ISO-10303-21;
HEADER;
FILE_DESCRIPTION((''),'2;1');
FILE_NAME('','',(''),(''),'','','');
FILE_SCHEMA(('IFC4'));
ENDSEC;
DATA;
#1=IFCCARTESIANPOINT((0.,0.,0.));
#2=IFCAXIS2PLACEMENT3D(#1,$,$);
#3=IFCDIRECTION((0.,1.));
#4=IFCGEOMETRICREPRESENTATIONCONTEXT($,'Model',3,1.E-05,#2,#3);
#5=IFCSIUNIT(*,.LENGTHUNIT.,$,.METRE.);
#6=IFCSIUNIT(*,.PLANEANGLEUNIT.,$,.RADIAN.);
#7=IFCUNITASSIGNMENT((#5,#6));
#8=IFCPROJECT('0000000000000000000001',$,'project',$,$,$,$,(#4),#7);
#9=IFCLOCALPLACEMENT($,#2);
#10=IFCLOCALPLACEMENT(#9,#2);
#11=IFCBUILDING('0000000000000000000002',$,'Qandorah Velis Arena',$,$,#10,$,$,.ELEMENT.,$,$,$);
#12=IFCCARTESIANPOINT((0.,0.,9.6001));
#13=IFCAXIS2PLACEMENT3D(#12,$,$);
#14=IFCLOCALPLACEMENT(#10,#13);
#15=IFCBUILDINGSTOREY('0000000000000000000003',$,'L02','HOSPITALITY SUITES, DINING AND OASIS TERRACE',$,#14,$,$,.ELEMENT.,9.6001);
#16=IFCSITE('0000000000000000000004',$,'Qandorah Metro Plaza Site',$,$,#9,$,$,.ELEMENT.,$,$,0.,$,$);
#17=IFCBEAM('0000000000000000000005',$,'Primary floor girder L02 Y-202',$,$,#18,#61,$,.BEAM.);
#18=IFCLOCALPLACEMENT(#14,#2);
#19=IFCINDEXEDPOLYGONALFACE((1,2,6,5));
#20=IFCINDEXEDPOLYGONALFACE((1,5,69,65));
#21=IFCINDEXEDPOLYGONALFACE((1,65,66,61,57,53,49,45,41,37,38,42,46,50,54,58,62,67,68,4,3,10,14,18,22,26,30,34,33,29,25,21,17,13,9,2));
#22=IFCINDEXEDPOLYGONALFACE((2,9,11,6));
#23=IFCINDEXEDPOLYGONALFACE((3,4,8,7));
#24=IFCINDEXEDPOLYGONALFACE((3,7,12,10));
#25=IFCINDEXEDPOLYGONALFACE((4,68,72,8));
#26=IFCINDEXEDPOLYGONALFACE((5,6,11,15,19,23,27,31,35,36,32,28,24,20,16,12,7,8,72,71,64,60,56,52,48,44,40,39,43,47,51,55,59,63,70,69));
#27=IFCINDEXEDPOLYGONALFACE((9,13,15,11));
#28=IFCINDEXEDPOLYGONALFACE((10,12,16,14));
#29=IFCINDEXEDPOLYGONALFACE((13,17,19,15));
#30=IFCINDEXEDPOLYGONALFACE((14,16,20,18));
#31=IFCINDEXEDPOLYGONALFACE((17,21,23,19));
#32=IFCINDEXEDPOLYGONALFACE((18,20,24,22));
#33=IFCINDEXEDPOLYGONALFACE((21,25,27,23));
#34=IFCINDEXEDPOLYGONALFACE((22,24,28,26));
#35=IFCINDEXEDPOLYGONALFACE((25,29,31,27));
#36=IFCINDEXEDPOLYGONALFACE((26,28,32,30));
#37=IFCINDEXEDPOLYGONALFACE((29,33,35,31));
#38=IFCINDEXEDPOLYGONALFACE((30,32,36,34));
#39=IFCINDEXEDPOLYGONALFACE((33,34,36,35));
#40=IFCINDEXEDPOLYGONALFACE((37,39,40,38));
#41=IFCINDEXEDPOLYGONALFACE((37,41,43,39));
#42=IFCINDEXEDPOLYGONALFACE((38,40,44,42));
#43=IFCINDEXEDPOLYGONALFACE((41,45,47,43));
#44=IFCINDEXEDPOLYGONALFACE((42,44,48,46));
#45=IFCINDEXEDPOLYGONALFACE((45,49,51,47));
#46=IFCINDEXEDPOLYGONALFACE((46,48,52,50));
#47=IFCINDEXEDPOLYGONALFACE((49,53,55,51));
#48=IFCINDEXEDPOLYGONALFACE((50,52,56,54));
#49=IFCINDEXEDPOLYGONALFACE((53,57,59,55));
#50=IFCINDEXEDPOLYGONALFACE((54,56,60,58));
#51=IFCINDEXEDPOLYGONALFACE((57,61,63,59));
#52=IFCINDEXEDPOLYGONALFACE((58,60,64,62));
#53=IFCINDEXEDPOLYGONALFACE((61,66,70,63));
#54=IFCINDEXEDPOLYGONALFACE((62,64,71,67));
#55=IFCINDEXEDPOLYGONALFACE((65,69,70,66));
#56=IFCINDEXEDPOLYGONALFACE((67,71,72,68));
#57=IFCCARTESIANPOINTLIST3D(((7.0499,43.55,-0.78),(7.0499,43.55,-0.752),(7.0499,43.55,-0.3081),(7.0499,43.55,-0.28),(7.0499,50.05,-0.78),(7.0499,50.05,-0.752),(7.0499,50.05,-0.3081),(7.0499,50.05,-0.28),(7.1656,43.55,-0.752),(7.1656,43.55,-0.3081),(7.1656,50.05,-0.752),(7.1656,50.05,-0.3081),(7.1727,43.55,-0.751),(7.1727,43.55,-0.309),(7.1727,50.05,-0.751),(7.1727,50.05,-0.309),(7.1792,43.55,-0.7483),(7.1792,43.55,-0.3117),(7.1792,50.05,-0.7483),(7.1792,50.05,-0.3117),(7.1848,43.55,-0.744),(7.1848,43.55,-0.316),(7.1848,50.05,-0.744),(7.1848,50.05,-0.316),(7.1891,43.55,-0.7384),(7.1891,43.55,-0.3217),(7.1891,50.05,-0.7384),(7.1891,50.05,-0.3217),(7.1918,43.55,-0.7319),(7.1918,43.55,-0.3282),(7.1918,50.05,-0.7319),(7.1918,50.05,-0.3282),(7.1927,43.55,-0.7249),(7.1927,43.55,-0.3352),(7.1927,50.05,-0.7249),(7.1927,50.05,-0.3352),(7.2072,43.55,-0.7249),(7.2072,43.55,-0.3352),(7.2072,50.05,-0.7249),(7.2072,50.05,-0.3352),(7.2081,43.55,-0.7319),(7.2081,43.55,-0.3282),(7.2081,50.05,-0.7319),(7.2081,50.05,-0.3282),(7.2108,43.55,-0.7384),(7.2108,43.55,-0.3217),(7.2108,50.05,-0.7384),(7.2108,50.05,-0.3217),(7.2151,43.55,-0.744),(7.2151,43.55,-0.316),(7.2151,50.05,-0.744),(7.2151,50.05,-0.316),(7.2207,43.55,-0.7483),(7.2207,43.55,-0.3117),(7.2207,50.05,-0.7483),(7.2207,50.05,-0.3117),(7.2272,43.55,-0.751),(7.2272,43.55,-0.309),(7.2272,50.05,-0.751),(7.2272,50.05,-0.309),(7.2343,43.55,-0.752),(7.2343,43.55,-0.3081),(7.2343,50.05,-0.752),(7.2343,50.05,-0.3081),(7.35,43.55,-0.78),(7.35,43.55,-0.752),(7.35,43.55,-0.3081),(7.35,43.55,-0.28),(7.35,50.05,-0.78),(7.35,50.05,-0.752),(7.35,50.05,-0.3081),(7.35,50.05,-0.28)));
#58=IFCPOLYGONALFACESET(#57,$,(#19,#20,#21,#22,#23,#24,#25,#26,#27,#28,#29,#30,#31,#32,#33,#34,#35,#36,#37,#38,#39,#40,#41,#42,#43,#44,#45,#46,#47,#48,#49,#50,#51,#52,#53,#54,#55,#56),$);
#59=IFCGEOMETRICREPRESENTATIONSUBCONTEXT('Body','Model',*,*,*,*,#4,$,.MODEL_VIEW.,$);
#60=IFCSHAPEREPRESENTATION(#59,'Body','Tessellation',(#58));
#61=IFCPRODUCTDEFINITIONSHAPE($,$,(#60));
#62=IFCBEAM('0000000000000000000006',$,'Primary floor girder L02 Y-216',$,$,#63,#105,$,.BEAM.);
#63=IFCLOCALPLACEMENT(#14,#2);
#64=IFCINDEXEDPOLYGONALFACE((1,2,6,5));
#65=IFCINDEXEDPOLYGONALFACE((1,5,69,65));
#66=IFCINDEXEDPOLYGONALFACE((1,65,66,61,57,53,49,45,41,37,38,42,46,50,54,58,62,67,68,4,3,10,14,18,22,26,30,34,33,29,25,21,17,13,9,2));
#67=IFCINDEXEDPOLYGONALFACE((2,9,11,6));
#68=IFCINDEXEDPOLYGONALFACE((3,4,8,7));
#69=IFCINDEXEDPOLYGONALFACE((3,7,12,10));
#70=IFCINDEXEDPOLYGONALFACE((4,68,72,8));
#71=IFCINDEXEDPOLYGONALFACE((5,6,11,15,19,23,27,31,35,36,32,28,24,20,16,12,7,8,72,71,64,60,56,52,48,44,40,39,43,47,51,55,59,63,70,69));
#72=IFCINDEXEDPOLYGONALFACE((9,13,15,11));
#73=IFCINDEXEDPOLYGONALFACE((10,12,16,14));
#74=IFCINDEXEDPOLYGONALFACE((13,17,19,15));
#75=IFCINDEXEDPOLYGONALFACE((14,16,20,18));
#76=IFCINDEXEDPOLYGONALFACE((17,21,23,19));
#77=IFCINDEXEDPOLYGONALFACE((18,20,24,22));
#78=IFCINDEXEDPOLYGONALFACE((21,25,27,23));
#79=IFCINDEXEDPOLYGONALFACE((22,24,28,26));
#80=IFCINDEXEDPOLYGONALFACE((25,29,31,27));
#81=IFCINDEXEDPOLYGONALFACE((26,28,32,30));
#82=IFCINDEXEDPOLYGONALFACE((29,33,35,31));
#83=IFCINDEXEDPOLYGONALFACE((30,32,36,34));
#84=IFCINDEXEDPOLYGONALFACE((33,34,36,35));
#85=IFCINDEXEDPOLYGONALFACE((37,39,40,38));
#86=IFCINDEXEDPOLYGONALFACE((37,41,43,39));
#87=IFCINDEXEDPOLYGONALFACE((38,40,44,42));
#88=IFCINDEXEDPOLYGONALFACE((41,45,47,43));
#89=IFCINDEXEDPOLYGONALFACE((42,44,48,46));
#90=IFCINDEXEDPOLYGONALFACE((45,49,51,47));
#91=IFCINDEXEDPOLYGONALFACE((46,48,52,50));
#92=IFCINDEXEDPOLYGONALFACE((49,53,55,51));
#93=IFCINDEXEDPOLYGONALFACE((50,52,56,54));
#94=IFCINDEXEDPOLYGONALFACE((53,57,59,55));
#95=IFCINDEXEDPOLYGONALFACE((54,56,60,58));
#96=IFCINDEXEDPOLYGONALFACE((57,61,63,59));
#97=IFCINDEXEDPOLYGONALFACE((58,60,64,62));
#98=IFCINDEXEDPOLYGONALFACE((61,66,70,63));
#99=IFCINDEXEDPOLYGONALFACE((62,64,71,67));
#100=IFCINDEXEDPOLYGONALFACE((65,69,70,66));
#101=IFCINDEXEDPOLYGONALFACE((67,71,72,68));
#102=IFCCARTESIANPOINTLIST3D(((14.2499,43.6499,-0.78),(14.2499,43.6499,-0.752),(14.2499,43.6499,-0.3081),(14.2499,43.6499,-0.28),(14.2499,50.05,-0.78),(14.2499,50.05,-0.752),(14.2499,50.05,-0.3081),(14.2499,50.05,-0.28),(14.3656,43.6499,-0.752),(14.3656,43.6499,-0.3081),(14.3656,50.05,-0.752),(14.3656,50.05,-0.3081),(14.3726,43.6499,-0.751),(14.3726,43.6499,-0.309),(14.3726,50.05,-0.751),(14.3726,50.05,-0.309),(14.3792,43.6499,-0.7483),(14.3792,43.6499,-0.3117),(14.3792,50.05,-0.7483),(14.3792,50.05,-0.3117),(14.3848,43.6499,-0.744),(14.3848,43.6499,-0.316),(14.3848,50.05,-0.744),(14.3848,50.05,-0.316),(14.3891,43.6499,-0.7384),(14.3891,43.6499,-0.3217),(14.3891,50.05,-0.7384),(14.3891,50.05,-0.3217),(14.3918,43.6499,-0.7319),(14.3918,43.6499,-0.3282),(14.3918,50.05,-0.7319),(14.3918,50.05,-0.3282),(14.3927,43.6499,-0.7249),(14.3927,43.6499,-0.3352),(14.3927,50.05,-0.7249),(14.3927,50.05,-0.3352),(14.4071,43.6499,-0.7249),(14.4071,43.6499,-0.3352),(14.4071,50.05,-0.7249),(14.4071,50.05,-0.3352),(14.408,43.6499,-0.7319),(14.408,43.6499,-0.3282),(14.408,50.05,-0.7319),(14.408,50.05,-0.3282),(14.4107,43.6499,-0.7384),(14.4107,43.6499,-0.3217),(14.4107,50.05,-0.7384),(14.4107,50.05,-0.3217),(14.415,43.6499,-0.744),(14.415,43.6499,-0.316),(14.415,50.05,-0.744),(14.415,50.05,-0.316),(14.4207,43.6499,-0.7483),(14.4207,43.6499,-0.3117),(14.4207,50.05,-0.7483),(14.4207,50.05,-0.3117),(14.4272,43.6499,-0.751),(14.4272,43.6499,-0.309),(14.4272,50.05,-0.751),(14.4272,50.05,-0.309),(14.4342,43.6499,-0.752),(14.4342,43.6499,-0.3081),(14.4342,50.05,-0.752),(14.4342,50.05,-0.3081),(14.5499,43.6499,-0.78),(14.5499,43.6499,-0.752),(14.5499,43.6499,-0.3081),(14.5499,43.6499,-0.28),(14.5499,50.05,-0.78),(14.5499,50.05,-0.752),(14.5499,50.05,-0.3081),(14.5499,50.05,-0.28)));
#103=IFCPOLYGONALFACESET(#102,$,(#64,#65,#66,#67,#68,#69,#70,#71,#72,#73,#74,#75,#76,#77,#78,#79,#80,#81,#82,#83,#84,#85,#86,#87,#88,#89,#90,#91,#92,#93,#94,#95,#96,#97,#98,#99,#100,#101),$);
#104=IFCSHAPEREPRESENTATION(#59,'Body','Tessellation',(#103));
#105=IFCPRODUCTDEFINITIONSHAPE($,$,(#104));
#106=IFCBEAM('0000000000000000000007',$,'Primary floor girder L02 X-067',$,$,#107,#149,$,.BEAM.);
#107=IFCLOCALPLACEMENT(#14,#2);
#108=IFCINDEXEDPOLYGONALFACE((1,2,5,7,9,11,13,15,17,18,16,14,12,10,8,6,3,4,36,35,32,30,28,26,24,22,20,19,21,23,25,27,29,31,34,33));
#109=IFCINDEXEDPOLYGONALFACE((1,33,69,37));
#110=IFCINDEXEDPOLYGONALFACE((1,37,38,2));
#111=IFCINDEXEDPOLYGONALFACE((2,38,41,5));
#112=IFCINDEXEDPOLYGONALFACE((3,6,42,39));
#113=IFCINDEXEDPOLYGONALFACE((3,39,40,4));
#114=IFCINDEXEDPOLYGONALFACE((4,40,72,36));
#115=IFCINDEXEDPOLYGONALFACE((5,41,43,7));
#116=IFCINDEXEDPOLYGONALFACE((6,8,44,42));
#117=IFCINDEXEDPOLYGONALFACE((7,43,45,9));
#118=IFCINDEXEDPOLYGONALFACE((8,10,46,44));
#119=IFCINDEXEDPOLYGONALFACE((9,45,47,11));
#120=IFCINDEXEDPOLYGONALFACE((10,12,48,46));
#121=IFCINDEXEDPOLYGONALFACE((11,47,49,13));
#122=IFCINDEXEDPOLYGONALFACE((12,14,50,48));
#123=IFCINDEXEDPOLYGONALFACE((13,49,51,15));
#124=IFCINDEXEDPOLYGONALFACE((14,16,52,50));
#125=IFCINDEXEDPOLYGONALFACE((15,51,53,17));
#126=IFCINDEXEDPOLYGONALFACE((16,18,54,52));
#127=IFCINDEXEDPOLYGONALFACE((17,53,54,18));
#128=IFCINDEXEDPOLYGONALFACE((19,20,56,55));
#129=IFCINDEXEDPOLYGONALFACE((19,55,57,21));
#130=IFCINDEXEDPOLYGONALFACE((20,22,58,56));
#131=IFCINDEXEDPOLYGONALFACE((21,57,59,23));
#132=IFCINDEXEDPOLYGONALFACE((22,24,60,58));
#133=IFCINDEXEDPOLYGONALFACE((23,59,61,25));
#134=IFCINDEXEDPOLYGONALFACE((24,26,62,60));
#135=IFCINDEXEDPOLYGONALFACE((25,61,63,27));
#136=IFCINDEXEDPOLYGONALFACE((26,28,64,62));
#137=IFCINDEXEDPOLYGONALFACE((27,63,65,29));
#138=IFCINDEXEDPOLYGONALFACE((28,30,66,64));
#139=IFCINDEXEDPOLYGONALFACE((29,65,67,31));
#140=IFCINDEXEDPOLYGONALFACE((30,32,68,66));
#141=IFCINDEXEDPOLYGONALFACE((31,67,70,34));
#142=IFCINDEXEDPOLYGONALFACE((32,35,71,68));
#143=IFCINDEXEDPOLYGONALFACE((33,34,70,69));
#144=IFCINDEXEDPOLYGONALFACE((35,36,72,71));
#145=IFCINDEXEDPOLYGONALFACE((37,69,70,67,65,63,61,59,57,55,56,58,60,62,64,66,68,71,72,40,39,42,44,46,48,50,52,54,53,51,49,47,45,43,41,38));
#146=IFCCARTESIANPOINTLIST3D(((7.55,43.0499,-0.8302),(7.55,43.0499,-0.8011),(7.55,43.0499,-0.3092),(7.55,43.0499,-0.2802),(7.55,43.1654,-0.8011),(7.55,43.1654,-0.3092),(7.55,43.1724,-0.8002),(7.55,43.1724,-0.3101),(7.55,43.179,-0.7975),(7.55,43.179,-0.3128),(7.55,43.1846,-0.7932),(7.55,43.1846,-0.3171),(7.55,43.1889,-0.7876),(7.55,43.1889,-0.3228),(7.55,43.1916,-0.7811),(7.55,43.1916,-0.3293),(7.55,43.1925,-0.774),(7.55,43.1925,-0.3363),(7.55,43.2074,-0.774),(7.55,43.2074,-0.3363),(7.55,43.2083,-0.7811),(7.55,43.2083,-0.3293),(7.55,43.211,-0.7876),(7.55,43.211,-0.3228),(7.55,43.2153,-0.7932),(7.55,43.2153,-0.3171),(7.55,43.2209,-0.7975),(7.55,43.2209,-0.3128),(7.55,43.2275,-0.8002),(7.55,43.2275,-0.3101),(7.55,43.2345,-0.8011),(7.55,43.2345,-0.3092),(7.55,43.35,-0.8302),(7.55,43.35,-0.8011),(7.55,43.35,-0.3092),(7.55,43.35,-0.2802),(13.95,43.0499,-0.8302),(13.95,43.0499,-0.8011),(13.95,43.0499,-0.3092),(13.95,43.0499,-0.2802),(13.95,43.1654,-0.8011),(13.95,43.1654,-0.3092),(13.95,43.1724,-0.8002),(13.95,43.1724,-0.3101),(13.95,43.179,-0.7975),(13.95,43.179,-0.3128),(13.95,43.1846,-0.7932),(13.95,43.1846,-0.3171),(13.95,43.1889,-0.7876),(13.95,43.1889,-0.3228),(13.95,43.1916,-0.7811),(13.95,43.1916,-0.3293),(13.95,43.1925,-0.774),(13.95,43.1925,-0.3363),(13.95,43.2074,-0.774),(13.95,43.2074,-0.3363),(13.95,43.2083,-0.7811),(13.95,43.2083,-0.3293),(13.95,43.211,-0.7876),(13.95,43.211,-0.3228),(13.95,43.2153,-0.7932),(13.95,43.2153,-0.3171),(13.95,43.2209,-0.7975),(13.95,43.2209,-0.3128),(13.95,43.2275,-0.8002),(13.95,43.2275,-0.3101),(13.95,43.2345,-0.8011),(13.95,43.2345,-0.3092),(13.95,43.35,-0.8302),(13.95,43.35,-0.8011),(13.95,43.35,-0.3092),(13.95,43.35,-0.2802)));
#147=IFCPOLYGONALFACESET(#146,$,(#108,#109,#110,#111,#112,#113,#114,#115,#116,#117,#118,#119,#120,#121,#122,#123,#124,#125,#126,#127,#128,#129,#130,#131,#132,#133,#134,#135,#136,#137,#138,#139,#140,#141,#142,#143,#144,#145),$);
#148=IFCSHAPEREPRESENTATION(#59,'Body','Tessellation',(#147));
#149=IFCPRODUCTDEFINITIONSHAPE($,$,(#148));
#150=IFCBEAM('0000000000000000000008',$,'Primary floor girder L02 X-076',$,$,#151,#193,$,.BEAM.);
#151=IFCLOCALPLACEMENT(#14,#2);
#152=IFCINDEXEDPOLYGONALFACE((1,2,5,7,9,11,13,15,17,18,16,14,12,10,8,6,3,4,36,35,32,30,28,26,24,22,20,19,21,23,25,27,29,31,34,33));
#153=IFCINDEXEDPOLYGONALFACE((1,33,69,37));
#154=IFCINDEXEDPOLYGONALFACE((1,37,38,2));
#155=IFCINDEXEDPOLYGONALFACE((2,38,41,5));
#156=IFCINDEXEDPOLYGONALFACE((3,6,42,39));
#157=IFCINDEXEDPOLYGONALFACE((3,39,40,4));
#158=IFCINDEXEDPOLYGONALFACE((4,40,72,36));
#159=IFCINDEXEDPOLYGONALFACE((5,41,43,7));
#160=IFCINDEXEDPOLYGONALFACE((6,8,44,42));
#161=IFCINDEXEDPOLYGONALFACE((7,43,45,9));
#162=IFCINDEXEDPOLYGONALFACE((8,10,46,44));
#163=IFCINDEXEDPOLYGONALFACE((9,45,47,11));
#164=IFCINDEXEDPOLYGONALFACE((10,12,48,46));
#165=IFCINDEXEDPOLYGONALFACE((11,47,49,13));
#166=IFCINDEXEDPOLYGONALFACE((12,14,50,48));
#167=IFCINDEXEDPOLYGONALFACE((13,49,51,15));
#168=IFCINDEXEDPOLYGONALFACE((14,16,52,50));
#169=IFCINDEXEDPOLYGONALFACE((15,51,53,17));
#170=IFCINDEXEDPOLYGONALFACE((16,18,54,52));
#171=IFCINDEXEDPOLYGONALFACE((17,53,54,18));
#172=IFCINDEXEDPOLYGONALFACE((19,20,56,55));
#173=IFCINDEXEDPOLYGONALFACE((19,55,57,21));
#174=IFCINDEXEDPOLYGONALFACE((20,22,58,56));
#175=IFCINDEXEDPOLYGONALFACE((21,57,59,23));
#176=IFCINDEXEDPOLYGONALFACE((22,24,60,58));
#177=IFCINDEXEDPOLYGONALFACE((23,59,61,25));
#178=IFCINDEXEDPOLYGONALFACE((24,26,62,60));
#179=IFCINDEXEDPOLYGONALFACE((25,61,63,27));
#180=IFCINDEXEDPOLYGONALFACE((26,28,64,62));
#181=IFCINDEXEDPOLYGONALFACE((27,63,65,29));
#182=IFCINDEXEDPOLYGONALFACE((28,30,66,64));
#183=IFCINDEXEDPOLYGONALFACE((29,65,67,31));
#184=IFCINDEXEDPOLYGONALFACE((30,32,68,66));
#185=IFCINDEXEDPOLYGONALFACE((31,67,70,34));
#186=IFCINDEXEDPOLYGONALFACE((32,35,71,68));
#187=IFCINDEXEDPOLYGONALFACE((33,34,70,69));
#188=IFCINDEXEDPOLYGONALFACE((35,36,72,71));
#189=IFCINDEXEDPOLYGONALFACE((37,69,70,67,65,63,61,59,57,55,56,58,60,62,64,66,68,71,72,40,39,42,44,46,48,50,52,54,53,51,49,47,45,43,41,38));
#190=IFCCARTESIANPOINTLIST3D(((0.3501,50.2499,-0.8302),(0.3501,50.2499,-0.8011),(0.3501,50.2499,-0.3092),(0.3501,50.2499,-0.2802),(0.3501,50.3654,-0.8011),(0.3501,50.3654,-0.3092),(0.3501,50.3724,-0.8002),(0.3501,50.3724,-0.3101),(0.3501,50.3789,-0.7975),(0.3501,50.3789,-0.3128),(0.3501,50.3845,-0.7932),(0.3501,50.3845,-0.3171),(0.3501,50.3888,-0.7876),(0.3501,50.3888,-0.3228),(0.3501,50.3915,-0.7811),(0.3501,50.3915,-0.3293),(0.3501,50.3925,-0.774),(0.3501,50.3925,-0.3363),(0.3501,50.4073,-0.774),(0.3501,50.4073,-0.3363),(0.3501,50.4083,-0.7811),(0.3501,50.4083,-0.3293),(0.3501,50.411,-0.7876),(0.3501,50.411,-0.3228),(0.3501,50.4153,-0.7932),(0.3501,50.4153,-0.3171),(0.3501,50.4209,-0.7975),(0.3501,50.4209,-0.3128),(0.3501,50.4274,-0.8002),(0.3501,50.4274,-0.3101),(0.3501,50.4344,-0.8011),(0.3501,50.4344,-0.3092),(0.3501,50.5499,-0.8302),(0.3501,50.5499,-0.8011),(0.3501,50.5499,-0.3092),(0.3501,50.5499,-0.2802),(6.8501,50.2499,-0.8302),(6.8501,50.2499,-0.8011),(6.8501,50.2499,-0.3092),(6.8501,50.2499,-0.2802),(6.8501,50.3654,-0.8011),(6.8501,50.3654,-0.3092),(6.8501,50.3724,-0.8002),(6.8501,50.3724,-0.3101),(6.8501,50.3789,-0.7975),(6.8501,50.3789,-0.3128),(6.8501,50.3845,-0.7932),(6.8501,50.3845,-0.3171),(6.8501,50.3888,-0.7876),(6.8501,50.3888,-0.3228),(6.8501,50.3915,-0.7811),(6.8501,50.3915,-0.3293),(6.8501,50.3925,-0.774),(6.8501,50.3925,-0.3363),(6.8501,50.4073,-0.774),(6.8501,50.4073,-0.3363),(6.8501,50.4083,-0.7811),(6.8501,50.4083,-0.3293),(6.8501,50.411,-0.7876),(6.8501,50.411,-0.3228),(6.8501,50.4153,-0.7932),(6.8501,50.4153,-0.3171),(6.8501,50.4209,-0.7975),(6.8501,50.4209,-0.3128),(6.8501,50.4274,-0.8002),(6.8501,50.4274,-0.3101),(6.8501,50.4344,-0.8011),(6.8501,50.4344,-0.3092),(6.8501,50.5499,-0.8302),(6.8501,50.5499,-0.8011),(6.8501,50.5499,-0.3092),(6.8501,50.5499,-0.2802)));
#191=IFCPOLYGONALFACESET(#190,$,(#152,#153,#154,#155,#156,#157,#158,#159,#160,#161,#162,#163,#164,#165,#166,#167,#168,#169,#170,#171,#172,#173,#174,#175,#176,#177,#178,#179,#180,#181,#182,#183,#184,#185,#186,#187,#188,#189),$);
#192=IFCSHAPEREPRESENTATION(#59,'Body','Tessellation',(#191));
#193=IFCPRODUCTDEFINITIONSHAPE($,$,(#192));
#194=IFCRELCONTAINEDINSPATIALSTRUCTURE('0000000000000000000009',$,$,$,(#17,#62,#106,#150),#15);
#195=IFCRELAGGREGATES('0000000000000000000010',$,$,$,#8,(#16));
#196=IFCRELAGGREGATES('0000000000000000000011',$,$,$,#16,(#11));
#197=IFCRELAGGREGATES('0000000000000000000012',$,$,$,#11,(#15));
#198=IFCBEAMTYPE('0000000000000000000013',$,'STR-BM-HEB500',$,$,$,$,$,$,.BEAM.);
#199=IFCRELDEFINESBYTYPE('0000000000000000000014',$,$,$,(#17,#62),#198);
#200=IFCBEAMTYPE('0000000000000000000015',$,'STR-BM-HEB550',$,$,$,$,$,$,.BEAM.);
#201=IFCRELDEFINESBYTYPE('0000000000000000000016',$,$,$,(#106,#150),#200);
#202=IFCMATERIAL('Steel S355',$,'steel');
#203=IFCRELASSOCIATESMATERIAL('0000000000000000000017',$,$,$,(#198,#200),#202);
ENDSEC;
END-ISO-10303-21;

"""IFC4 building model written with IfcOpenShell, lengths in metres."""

from ifc_helpers import new_model, si_unit, direction, frame, origin, origin_2d, place, context, subcontext, project, spatial, i_section, extrude, material, material_profile, profile_set, type_object, element, save


model = new_model("IFC4")

# Units and contexts
model_context = context("Model", 3, precision=1e-05, world=origin(), true_north=direction((0.0, 1.0)))
body_context = subcontext(model_context, "Body", "Model", "MODEL_VIEW")
ifc_project = project(units=[si_unit("LENGTHUNIT", "METRE"), si_unit("PLANEANGLEUNIT", "RADIAN")], contexts=[model_context])

# Site, building, storey
site_placement = place(None, origin())
site = spatial("IfcSite", under=ifc_project, at=site_placement, Name="Qandorah Metro Plaza Site", CompositionType="ELEMENT", RefElevation=0.0)
building_placement = place(site_placement, origin())
building = spatial("IfcBuilding", under=site, at=building_placement, Name="Qandorah Velis Arena", CompositionType="ELEMENT")
storey_placement = place(building_placement, frame((0.0, 0.0, 9.6001)))
storey = spatial("IfcBuildingStorey", under=building, at=storey_placement, Name="L02", Description="HOSPITALITY SUITES, DINING AND OASIS TERRACE", CompositionType="ELEMENT", Elevation=9.6001)

# Shared definitions
ifc_material_1 = material(Name="Steel S355", Category="steel")

# Beams
ifc_material_profile_1 = material_profile(ifc_material_1, i_section(OverallWidth=0.3, OverallDepth=0.5, WebThickness=0.0144, FlangeThickness=0.0281, FilletRadius=0.0271, at=origin_2d()), Name="HEB 500")
ifc_profile_set_1 = profile_set([ifc_material_profile_1], Name="Steel S355")
beam_type_1 = type_object("IfcBeamType", Name="STR-BM-HEB500", PredefinedType="BEAM", material=ifc_profile_set_1)
for number, where, z_axis, x_axis, name in (
    (1, (7.2, 43.55, -0.53), (0.0, 1.0, 0.0), (-1.0, 0.0, 0.0), "Primary floor girder L02 Y-202"),
):
    element("IfcBeam", number, at=place(storey_placement, frame(where, z_axis=z_axis, x_axis=x_axis)), inside=storey, type_object=beam_type_1, Name=name, PredefinedType="BEAM", context=body_context, shape_type="SweptSolid", body=[
        extrude(i_section(OverallWidth=0.3, OverallDepth=0.5, WebThickness=0.0144, FlangeThickness=0.0281, FilletRadius=0.0271, at=origin_2d()), origin(), (0.0, 0.0, 1.0), 6.5),
    ])
beam_1_placement = place(storey_placement, frame((14.3999, 43.6499, -0.53), z_axis=(0.0, 1.0, 0.0), x_axis=(-1.0, 0.0, 0.0)))
element("IfcBeam", 2, at=beam_1_placement, inside=storey, type_object=beam_type_1, Name="Primary floor girder L02 Y-216", PredefinedType="BEAM", context=body_context, shape_type="SweptSolid", body=[
    extrude(i_section(OverallWidth=0.3, OverallDepth=0.5, WebThickness=0.0144, FlangeThickness=0.0281, FilletRadius=0.0271, at=origin_2d()), origin(), (0.0, 0.0, 1.0), 6.4001),
])
ifc_material_profile_2 = material_profile(ifc_material_1, i_section(OverallWidth=0.3, OverallDepth=0.55, WebThickness=0.0149, FlangeThickness=0.0291, FilletRadius=0.0271, at=origin_2d()), Name="HEB 550")
ifc_profile_set_2 = profile_set([ifc_material_profile_2], Name="Steel S355")
beam_type_2 = type_object("IfcBeamType", Name="STR-BM-HEB550", PredefinedType="BEAM", material=ifc_profile_set_2)
beam_2_placement = place(storey_placement, frame((7.55, 43.2, -0.5552), z_axis=(1.0, 0.0, 0.0), x_axis=(0.0, 1.0, 0.0)))
element("IfcBeam", 3, at=beam_2_placement, inside=storey, type_object=beam_type_2, Name="Primary floor girder L02 X-067", PredefinedType="BEAM", context=body_context, shape_type="SweptSolid", body=[
    extrude(i_section(OverallWidth=0.3, OverallDepth=0.55, WebThickness=0.0149, FlangeThickness=0.0291, FilletRadius=0.0271, at=origin_2d()), origin(), (0.0, 0.0, 1.0), 6.3999),
])
for number, where, z_axis, x_axis, name in (
    (4, (0.3501, 50.3999, -0.5552), (1.0, 0.0, 0.0), (0.0, 1.0, 0.0), "Primary floor girder L02 X-076"),
):
    element("IfcBeam", number, at=place(storey_placement, frame(where, z_axis=z_axis, x_axis=x_axis)), inside=storey, type_object=beam_type_2, Name=name, PredefinedType="BEAM", context=body_context, shape_type="SweptSolid", body=[
        extrude(i_section(OverallWidth=0.3, OverallDepth=0.55, WebThickness=0.0149, FlangeThickness=0.0291, FilletRadius=0.0271, at=origin_2d()), origin(), (0.0, 0.0, 1.0), 6.5),
    ])

save(model, "model.ifc")
